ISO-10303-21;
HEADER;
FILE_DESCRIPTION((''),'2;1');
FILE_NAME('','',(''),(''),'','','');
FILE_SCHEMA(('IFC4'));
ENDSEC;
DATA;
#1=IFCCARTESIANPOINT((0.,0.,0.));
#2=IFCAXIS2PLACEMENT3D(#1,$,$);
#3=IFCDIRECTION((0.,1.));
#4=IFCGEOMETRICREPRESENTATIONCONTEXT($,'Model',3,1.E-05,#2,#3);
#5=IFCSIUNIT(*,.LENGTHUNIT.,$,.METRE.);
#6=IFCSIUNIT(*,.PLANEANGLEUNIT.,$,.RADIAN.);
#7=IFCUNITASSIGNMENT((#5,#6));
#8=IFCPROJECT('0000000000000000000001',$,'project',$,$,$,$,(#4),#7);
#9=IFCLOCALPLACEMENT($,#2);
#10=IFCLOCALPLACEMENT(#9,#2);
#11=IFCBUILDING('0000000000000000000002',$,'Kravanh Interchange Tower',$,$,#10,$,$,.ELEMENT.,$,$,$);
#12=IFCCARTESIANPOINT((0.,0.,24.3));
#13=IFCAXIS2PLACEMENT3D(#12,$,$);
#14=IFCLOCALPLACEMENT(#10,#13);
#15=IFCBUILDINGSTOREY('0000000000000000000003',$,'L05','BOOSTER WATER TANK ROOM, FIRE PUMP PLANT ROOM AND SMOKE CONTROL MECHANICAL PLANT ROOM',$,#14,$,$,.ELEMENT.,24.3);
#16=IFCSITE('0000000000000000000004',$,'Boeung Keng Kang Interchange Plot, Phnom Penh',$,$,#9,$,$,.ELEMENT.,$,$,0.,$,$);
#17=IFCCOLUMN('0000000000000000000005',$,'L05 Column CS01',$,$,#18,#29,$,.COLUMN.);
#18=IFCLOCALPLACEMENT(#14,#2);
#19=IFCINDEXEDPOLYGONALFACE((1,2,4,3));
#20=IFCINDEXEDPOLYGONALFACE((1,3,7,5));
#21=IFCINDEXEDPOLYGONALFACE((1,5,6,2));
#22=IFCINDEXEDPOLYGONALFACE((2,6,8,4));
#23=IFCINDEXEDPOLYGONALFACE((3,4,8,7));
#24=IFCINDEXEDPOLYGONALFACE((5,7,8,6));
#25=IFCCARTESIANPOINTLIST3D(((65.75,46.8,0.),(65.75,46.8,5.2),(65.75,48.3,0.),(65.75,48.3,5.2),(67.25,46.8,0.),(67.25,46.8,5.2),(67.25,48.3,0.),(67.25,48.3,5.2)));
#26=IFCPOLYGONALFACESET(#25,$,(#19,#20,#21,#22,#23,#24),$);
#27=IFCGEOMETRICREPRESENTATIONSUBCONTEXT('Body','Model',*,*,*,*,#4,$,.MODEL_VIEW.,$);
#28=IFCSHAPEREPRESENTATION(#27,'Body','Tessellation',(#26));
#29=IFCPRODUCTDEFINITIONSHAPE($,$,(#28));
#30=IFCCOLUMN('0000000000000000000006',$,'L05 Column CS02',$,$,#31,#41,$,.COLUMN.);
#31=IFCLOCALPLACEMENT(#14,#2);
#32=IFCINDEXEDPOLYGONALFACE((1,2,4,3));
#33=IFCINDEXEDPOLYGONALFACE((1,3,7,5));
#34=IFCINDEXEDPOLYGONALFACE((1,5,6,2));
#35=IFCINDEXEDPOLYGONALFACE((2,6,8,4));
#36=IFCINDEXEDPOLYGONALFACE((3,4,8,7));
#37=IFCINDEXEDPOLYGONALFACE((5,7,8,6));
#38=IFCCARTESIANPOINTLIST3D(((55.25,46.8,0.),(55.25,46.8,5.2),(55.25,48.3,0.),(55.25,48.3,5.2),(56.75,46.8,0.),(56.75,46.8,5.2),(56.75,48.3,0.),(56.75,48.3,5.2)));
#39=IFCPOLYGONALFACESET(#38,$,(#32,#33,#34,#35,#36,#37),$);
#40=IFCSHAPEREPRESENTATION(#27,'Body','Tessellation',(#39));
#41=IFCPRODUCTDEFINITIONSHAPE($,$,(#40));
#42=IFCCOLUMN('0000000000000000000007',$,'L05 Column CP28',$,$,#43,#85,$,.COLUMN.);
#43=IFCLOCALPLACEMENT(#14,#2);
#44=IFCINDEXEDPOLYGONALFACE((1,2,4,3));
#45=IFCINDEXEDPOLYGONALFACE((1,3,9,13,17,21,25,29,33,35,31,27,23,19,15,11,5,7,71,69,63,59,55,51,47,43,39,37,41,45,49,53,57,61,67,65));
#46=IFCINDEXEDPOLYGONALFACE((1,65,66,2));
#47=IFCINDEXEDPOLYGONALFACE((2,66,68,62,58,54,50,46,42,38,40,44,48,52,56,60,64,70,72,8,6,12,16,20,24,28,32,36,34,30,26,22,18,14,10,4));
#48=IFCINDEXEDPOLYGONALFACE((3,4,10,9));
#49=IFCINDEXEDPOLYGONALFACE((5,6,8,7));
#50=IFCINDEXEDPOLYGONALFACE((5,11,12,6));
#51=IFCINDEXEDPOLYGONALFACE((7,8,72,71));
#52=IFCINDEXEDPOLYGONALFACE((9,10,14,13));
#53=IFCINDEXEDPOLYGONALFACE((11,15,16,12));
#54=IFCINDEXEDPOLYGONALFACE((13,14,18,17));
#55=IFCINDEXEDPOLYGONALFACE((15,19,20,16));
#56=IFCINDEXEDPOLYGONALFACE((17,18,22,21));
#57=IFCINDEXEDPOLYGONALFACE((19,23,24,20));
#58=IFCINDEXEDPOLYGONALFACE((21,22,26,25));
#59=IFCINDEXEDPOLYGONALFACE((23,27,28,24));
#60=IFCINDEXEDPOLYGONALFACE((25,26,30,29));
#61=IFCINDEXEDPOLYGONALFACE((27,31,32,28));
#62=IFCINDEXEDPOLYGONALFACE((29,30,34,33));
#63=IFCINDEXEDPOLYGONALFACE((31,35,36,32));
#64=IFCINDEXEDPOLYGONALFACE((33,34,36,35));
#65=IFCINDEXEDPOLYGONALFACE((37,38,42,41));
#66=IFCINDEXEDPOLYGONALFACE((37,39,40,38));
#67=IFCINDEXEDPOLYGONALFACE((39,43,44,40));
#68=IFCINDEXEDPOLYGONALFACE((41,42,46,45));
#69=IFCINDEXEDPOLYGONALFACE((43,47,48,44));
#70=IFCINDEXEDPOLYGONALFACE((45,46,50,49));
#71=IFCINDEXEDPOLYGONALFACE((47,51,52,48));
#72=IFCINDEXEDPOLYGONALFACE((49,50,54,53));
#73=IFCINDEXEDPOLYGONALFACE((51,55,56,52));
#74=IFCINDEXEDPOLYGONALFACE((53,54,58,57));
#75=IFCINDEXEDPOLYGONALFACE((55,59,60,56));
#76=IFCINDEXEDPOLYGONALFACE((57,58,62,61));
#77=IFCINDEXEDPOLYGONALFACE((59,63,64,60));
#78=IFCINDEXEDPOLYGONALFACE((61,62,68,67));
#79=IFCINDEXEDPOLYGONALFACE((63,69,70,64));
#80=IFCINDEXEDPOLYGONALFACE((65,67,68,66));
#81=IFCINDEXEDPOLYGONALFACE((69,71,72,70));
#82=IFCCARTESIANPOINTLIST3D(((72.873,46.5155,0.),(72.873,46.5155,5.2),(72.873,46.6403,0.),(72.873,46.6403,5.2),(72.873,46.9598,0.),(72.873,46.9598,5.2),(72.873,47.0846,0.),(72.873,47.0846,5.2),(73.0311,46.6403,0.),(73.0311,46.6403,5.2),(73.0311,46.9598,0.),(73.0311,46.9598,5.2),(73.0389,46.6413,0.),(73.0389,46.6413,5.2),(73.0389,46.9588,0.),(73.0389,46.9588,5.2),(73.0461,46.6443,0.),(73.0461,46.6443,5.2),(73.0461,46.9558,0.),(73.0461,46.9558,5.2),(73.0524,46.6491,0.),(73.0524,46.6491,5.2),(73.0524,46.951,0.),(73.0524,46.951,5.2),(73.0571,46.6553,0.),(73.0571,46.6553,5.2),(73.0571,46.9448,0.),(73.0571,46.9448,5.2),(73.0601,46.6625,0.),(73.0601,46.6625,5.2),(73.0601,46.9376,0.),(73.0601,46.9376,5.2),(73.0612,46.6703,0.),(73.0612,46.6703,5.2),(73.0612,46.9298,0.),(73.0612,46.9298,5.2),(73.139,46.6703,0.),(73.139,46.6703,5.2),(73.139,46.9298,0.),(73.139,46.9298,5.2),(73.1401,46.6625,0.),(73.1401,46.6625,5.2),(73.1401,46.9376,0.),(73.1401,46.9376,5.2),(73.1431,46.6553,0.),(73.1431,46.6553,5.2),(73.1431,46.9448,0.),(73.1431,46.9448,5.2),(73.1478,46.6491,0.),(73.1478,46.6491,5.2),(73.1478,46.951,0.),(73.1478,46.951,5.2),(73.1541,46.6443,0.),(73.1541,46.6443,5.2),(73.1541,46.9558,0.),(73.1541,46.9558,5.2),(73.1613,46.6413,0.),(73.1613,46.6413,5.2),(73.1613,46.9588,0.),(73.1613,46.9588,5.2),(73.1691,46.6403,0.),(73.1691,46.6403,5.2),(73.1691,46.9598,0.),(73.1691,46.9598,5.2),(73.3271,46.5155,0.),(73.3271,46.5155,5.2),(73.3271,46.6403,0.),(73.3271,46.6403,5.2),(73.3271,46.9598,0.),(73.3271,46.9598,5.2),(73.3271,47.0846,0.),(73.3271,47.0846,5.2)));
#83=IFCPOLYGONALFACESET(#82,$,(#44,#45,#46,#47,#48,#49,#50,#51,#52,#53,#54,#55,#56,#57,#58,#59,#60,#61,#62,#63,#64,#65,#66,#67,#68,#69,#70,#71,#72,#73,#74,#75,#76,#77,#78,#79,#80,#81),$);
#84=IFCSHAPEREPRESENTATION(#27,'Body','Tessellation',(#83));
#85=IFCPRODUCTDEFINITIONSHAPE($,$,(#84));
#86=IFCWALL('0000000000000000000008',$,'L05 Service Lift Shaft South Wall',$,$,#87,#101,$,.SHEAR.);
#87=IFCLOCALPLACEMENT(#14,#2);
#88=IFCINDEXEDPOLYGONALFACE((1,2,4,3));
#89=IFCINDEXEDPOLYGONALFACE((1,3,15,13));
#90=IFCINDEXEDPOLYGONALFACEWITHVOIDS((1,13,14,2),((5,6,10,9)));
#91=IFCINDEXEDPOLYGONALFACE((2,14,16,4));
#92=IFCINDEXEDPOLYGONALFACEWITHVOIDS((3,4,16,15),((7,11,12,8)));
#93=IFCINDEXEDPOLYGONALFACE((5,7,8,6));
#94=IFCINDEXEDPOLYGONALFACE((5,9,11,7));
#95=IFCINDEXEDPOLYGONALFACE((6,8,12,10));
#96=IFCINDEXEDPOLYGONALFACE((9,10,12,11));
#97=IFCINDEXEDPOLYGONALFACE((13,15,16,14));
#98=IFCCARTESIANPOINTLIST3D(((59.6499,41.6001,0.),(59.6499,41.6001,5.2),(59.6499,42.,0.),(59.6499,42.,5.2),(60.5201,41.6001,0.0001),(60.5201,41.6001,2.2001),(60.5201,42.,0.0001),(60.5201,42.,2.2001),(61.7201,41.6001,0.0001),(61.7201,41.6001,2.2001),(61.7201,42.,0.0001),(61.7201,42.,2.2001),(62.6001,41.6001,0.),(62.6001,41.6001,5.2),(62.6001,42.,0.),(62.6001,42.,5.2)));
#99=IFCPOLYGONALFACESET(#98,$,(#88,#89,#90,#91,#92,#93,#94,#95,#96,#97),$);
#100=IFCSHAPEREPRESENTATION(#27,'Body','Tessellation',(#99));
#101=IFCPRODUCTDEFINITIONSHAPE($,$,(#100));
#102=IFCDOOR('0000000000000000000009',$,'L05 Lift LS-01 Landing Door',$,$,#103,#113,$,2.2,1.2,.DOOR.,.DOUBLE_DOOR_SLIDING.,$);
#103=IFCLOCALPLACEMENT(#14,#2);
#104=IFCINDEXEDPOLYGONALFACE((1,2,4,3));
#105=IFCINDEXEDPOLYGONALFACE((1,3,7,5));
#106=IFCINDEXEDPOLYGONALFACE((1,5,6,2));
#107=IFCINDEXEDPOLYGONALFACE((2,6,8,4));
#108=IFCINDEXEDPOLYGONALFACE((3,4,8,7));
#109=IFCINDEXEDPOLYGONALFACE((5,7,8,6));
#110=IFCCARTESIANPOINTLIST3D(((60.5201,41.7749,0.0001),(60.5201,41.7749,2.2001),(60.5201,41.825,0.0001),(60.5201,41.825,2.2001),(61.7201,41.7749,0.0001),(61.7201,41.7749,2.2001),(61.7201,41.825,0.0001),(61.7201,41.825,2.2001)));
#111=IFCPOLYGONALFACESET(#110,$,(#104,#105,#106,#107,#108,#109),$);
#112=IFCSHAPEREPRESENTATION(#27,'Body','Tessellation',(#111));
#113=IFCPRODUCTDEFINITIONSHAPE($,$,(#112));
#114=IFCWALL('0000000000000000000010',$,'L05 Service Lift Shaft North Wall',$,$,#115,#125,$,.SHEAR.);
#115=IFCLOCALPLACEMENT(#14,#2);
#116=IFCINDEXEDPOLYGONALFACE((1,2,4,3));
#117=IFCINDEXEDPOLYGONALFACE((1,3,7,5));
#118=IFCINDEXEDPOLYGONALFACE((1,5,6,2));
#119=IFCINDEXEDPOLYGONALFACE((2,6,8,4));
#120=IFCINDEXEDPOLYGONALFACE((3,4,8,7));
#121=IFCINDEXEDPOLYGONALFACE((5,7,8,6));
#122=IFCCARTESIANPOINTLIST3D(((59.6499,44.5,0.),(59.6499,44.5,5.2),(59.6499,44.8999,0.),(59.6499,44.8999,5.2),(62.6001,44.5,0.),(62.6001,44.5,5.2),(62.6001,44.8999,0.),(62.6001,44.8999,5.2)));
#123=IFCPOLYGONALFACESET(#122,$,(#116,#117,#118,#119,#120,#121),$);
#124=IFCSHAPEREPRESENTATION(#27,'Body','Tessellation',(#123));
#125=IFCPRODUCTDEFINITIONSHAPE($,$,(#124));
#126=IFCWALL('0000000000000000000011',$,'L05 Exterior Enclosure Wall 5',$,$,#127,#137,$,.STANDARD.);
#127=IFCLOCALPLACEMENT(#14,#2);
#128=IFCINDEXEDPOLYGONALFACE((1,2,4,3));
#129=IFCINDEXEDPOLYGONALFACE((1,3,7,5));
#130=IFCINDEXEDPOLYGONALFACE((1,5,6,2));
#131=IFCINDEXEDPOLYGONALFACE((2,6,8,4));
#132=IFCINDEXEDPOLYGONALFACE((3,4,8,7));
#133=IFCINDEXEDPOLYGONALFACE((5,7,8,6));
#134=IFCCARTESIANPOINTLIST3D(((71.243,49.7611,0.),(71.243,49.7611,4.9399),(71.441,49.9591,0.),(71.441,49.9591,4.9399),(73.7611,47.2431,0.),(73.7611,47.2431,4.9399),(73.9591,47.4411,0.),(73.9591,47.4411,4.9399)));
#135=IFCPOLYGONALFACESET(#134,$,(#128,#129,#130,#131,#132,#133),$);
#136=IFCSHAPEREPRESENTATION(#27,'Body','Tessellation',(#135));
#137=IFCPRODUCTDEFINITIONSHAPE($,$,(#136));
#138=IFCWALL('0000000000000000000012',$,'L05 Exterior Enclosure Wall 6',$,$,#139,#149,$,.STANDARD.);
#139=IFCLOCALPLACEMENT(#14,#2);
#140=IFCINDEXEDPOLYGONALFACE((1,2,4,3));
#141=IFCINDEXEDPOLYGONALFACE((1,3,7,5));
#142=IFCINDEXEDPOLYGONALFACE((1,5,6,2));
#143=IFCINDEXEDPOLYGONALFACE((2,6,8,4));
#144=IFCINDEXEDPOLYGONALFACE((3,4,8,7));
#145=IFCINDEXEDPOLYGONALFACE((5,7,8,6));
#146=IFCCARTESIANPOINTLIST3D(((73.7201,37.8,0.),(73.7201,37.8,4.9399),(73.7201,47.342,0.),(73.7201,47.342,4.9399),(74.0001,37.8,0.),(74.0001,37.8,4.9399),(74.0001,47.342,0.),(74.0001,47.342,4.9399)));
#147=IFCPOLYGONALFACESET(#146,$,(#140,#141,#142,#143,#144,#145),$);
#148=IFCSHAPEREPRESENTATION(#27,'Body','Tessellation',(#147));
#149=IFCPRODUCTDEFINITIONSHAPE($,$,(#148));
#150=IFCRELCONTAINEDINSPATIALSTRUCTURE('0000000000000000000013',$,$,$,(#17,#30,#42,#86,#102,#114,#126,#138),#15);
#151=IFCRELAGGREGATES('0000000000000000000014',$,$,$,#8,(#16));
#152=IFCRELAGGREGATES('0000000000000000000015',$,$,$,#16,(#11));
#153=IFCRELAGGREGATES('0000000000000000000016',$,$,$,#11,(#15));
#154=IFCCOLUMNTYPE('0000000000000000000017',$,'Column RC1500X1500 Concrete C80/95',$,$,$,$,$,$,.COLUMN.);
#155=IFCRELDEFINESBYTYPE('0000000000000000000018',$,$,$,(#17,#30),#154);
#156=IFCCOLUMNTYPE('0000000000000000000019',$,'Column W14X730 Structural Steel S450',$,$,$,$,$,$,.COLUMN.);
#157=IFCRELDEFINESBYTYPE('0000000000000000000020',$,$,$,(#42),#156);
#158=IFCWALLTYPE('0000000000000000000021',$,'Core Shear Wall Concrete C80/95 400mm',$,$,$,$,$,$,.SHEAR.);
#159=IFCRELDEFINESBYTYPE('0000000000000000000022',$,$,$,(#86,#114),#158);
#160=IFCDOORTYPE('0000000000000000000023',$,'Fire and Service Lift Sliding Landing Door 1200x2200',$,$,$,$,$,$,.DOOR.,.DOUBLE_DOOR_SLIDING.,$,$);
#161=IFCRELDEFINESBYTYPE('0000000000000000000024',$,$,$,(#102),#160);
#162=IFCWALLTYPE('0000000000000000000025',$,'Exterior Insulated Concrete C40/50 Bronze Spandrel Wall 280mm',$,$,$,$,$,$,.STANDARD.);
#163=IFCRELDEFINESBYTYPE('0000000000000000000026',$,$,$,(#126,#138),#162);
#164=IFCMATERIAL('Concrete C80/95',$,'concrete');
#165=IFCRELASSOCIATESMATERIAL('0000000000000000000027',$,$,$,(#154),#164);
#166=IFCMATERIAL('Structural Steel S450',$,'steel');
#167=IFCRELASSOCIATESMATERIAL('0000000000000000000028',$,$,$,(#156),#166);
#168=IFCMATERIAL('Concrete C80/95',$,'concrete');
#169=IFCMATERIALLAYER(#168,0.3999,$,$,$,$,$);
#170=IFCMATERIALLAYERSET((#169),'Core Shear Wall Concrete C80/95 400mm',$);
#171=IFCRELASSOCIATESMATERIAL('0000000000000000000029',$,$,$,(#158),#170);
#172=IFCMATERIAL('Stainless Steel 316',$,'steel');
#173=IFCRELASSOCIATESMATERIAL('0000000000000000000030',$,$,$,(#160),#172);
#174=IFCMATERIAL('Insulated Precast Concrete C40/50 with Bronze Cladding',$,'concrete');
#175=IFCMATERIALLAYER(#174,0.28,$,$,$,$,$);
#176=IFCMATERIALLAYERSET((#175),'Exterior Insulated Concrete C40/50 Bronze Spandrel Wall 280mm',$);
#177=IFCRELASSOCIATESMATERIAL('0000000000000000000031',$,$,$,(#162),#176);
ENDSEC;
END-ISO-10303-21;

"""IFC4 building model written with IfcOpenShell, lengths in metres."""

from ifc_helpers import new_model, si_unit, direction, frame, frame_2d, origin, origin_2d, place, context, subcontext, project, spatial, rectangle, i_section, extrude, material, layer, layer_set, material_profile, profile_set, type_object, element, fill, save


model = new_model("IFC4")

# Units and contexts
model_context = context("Model", 3, precision=1e-05, world=origin(), true_north=direction((0.0, 1.0)))
body_context = subcontext(model_context, "Body", "Model", "MODEL_VIEW")
ifc_project = project(units=[si_unit("LENGTHUNIT", "METRE"), si_unit("PLANEANGLEUNIT", "RADIAN")], contexts=[model_context])

# Site, building, storey
site_placement = place(None, origin())
site = spatial("IfcSite", under=ifc_project, at=site_placement, Name="Boeung Keng Kang Interchange Plot, Phnom Penh", CompositionType="ELEMENT", RefElevation=0.0)
building_placement = place(site_placement, origin())
building = spatial("IfcBuilding", under=site, at=building_placement, Name="Kravanh Interchange Tower", CompositionType="ELEMENT")
storey_placement = place(building_placement, frame((0.0, 0.0, 24.3)))
storey = spatial("IfcBuildingStorey", under=building, at=storey_placement, Name="L05", Description="BOOSTER WATER TANK ROOM, FIRE PUMP PLANT ROOM AND SMOKE CONTROL MECHANICAL PLANT ROOM", CompositionType="ELEMENT", Elevation=24.3)

# Columns
ifc_material_1 = material(Name="Concrete C80/95", Category="concrete")
ifc_material_profile_1 = material_profile(ifc_material_1, rectangle(XDim=1.5, YDim=1.5, at=origin_2d()), Name="RC1500X1500")
ifc_profile_set_1 = profile_set([ifc_material_profile_1], Name="Concrete C80/95")
column_type_1 = type_object("IfcColumnType", Name="Column RC1500X1500 Concrete C80/95", PredefinedType="COLUMN", material=ifc_profile_set_1)
for number, where, z_axis, x_axis, name in (
    (1, (66.5, 47.55, 0.0), (0.0, 0.0, 1.0), (1.0, 0.0, 0.0), "L05 Column CS01"),
    (2, (56.0, 47.55, 0.0), (0.0, 0.0, 1.0), (1.0, 0.0, 0.0), "L05 Column CS02"),
):
    element("IfcColumn", number, at=place(storey_placement, frame(where, z_axis=z_axis, x_axis=x_axis)), inside=storey, type_object=column_type_1, Name=name, PredefinedType="COLUMN", context=body_context, shape_type="SweptSolid", body=[
        extrude(rectangle(XDim=1.5, YDim=1.5, at=origin_2d()), origin(), (0.0, 0.0, 1.0), 5.2),
    ])
ifc_material_2 = material(Name="Structural Steel S450", Category="steel")
ifc_material_profile_2 = material_profile(ifc_material_2, i_section(OverallWidth=0.4541, OverallDepth=0.5691, WebThickness=0.0779, FlangeThickness=0.1248, FilletRadius=0.03, at=origin_2d()), Name="W14X730")
ifc_profile_set_2 = profile_set([ifc_material_profile_2], Name="Structural Steel S450")
column_type_2 = type_object("IfcColumnType", Name="Column W14X730 Structural Steel S450", PredefinedType="COLUMN", material=ifc_profile_set_2)
column_placement = place(storey_placement, frame((73.1001, 46.8, 0.0), z_axis=(0.0, 0.0, 1.0), x_axis=(1.0, 0.0, 0.0)))
element("IfcColumn", 3, at=column_placement, inside=storey, type_object=column_type_2, Name="L05 Column CP28", PredefinedType="COLUMN", context=body_context, shape_type="SweptSolid", body=[
    extrude(i_section(OverallWidth=0.4541, OverallDepth=0.5691, WebThickness=0.0779, FlangeThickness=0.1248, FilletRadius=0.03, at=origin_2d()), origin(), (0.0, 0.0, 1.0), 5.2),
])

# Wall, opening, door
ifc_material_3 = material(Name="Concrete C80/95", Category="concrete")
ifc_layer_1 = layer(ifc_material_3, 0.3999)
ifc_layer_set_1 = layer_set([ifc_layer_1], Name="Core Shear Wall Concrete C80/95 400mm")
wall_type_1 = type_object("IfcWallType", Name="Core Shear Wall Concrete C80/95 400mm", PredefinedType="SHEAR", material=ifc_layer_set_1)
wall_1_placement = place(storey_placement, frame((59.6499, 41.8, 0.0), z_axis=(0.0, 0.0, 1.0), x_axis=(1.0, 0.0, 0.0)))
wall_1 = element("IfcWall", 4, at=wall_1_placement, inside=storey, type_object=wall_type_1, Name="L05 Service Lift Shaft South Wall", PredefinedType="SHEAR", context=body_context, shape_type="SweptSolid", body=[
    extrude(rectangle(XDim=2.9502, YDim=0.3999, at=frame_2d((1.4751, 0.0))), origin(), (0.0, 0.0, 1.0), 5.2),
])
opening_placement = place(wall_1_placement, frame((0.8701, 0.0, 0.0)))
opening = element("IfcOpeningElement", 5, at=opening_placement, cuts=wall_1, PredefinedType="OPENING", context=body_context, shape_type="SweptSolid", body=[
    extrude(rectangle(XDim=1.2, YDim=2.2, at=frame_2d((0.6001, 1.1001))), frame((0.0, 0.21, 0.0), z_axis=(0.0, -1.0, 0.0), x_axis=(1.0, 0.0, 0.0)), (0.0, 0.0, 1.0), 0.4199),
])
ifc_material_4 = material(Name="Stainless Steel 316", Category="steel")
door_type = type_object("IfcDoorType", Name="Fire and Service Lift Sliding Landing Door 1200x2200", OperationType="DOUBLE_DOOR_SLIDING", PredefinedType="DOOR", material=ifc_material_4)
door_placement = place(opening_placement, origin())
door = element("IfcDoor", 6, at=door_placement, inside=storey, type_object=door_type, Name="L05 Lift LS-01 Landing Door", OperationType="DOUBLE_DOOR_SLIDING", OverallHeight=2.2, OverallWidth=1.2, PredefinedType="DOOR", context=body_context, shape_type="SweptSolid", body=[
    extrude(rectangle(XDim=1.2, YDim=2.2, at=frame_2d((0.6001, 1.1001))), frame((0.0, 0.0249, 0.0), z_axis=(0.0, -1.0, 0.0), x_axis=(1.0, 0.0, 0.0)), (0.0, 0.0, 1.0), 0.05),
])
fill(opening, door)

# Walls
wall_2_placement = place(storey_placement, frame((59.6499, 44.7, 0.0), z_axis=(0.0, 0.0, 1.0), x_axis=(1.0, 0.0, 0.0)))
element("IfcWall", 7, at=wall_2_placement, inside=storey, type_object=wall_type_1, Name="L05 Service Lift Shaft North Wall", PredefinedType="SHEAR", context=body_context, shape_type="SweptSolid", body=[
    extrude(rectangle(XDim=2.9502, YDim=0.3999, at=frame_2d((1.4751, 0.0))), origin(), (0.0, 0.0, 1.0), 5.2),
])
ifc_material_5 = material(Name="Insulated Precast Concrete C40/50 with Bronze Cladding", Category="concrete")
ifc_layer_2 = layer(ifc_material_5, 0.28)
ifc_layer_set_2 = layer_set([ifc_layer_2], Name="Exterior Insulated Concrete C40/50 Bronze Spandrel Wall 280mm")
wall_type_2 = type_object("IfcWallType", Name="Exterior Insulated Concrete C40/50 Bronze Spandrel Wall 280mm", PredefinedType="STANDARD", material=ifc_layer_set_2)
wall_3_placement = place(storey_placement, frame((71.342, 49.8601, 0.0), z_axis=(0.0, 0.0, 1.0), x_axis=(0.707107, -0.707107, 0.0)))
element("IfcWall", 8, at=wall_3_placement, inside=storey, type_object=wall_type_2, Name="L05 Exterior Enclosure Wall 5", PredefinedType="STANDARD", context=body_context, shape_type="SweptSolid", body=[
    extrude(rectangle(XDim=3.561, YDim=0.28, at=frame_2d((1.7805, 0.0))), origin(), (0.0, 0.0, 1.0), 4.9399),
])
wall_4_placement = place(storey_placement, frame((73.8601, 47.342, 0.0), z_axis=(0.0, 0.0, 1.0), x_axis=(0.0, -1.0, 0.0)))
element("IfcWall", 9, at=wall_4_placement, inside=storey, type_object=wall_type_2, Name="L05 Exterior Enclosure Wall 6", PredefinedType="STANDARD", context=body_context, shape_type="SweptSolid", body=[
    extrude(rectangle(XDim=9.542, YDim=0.28, at=frame_2d((4.771, 0.0))), origin(), (0.0, 0.0, 1.0), 4.9399),
])

save(model, "model.ifc")
